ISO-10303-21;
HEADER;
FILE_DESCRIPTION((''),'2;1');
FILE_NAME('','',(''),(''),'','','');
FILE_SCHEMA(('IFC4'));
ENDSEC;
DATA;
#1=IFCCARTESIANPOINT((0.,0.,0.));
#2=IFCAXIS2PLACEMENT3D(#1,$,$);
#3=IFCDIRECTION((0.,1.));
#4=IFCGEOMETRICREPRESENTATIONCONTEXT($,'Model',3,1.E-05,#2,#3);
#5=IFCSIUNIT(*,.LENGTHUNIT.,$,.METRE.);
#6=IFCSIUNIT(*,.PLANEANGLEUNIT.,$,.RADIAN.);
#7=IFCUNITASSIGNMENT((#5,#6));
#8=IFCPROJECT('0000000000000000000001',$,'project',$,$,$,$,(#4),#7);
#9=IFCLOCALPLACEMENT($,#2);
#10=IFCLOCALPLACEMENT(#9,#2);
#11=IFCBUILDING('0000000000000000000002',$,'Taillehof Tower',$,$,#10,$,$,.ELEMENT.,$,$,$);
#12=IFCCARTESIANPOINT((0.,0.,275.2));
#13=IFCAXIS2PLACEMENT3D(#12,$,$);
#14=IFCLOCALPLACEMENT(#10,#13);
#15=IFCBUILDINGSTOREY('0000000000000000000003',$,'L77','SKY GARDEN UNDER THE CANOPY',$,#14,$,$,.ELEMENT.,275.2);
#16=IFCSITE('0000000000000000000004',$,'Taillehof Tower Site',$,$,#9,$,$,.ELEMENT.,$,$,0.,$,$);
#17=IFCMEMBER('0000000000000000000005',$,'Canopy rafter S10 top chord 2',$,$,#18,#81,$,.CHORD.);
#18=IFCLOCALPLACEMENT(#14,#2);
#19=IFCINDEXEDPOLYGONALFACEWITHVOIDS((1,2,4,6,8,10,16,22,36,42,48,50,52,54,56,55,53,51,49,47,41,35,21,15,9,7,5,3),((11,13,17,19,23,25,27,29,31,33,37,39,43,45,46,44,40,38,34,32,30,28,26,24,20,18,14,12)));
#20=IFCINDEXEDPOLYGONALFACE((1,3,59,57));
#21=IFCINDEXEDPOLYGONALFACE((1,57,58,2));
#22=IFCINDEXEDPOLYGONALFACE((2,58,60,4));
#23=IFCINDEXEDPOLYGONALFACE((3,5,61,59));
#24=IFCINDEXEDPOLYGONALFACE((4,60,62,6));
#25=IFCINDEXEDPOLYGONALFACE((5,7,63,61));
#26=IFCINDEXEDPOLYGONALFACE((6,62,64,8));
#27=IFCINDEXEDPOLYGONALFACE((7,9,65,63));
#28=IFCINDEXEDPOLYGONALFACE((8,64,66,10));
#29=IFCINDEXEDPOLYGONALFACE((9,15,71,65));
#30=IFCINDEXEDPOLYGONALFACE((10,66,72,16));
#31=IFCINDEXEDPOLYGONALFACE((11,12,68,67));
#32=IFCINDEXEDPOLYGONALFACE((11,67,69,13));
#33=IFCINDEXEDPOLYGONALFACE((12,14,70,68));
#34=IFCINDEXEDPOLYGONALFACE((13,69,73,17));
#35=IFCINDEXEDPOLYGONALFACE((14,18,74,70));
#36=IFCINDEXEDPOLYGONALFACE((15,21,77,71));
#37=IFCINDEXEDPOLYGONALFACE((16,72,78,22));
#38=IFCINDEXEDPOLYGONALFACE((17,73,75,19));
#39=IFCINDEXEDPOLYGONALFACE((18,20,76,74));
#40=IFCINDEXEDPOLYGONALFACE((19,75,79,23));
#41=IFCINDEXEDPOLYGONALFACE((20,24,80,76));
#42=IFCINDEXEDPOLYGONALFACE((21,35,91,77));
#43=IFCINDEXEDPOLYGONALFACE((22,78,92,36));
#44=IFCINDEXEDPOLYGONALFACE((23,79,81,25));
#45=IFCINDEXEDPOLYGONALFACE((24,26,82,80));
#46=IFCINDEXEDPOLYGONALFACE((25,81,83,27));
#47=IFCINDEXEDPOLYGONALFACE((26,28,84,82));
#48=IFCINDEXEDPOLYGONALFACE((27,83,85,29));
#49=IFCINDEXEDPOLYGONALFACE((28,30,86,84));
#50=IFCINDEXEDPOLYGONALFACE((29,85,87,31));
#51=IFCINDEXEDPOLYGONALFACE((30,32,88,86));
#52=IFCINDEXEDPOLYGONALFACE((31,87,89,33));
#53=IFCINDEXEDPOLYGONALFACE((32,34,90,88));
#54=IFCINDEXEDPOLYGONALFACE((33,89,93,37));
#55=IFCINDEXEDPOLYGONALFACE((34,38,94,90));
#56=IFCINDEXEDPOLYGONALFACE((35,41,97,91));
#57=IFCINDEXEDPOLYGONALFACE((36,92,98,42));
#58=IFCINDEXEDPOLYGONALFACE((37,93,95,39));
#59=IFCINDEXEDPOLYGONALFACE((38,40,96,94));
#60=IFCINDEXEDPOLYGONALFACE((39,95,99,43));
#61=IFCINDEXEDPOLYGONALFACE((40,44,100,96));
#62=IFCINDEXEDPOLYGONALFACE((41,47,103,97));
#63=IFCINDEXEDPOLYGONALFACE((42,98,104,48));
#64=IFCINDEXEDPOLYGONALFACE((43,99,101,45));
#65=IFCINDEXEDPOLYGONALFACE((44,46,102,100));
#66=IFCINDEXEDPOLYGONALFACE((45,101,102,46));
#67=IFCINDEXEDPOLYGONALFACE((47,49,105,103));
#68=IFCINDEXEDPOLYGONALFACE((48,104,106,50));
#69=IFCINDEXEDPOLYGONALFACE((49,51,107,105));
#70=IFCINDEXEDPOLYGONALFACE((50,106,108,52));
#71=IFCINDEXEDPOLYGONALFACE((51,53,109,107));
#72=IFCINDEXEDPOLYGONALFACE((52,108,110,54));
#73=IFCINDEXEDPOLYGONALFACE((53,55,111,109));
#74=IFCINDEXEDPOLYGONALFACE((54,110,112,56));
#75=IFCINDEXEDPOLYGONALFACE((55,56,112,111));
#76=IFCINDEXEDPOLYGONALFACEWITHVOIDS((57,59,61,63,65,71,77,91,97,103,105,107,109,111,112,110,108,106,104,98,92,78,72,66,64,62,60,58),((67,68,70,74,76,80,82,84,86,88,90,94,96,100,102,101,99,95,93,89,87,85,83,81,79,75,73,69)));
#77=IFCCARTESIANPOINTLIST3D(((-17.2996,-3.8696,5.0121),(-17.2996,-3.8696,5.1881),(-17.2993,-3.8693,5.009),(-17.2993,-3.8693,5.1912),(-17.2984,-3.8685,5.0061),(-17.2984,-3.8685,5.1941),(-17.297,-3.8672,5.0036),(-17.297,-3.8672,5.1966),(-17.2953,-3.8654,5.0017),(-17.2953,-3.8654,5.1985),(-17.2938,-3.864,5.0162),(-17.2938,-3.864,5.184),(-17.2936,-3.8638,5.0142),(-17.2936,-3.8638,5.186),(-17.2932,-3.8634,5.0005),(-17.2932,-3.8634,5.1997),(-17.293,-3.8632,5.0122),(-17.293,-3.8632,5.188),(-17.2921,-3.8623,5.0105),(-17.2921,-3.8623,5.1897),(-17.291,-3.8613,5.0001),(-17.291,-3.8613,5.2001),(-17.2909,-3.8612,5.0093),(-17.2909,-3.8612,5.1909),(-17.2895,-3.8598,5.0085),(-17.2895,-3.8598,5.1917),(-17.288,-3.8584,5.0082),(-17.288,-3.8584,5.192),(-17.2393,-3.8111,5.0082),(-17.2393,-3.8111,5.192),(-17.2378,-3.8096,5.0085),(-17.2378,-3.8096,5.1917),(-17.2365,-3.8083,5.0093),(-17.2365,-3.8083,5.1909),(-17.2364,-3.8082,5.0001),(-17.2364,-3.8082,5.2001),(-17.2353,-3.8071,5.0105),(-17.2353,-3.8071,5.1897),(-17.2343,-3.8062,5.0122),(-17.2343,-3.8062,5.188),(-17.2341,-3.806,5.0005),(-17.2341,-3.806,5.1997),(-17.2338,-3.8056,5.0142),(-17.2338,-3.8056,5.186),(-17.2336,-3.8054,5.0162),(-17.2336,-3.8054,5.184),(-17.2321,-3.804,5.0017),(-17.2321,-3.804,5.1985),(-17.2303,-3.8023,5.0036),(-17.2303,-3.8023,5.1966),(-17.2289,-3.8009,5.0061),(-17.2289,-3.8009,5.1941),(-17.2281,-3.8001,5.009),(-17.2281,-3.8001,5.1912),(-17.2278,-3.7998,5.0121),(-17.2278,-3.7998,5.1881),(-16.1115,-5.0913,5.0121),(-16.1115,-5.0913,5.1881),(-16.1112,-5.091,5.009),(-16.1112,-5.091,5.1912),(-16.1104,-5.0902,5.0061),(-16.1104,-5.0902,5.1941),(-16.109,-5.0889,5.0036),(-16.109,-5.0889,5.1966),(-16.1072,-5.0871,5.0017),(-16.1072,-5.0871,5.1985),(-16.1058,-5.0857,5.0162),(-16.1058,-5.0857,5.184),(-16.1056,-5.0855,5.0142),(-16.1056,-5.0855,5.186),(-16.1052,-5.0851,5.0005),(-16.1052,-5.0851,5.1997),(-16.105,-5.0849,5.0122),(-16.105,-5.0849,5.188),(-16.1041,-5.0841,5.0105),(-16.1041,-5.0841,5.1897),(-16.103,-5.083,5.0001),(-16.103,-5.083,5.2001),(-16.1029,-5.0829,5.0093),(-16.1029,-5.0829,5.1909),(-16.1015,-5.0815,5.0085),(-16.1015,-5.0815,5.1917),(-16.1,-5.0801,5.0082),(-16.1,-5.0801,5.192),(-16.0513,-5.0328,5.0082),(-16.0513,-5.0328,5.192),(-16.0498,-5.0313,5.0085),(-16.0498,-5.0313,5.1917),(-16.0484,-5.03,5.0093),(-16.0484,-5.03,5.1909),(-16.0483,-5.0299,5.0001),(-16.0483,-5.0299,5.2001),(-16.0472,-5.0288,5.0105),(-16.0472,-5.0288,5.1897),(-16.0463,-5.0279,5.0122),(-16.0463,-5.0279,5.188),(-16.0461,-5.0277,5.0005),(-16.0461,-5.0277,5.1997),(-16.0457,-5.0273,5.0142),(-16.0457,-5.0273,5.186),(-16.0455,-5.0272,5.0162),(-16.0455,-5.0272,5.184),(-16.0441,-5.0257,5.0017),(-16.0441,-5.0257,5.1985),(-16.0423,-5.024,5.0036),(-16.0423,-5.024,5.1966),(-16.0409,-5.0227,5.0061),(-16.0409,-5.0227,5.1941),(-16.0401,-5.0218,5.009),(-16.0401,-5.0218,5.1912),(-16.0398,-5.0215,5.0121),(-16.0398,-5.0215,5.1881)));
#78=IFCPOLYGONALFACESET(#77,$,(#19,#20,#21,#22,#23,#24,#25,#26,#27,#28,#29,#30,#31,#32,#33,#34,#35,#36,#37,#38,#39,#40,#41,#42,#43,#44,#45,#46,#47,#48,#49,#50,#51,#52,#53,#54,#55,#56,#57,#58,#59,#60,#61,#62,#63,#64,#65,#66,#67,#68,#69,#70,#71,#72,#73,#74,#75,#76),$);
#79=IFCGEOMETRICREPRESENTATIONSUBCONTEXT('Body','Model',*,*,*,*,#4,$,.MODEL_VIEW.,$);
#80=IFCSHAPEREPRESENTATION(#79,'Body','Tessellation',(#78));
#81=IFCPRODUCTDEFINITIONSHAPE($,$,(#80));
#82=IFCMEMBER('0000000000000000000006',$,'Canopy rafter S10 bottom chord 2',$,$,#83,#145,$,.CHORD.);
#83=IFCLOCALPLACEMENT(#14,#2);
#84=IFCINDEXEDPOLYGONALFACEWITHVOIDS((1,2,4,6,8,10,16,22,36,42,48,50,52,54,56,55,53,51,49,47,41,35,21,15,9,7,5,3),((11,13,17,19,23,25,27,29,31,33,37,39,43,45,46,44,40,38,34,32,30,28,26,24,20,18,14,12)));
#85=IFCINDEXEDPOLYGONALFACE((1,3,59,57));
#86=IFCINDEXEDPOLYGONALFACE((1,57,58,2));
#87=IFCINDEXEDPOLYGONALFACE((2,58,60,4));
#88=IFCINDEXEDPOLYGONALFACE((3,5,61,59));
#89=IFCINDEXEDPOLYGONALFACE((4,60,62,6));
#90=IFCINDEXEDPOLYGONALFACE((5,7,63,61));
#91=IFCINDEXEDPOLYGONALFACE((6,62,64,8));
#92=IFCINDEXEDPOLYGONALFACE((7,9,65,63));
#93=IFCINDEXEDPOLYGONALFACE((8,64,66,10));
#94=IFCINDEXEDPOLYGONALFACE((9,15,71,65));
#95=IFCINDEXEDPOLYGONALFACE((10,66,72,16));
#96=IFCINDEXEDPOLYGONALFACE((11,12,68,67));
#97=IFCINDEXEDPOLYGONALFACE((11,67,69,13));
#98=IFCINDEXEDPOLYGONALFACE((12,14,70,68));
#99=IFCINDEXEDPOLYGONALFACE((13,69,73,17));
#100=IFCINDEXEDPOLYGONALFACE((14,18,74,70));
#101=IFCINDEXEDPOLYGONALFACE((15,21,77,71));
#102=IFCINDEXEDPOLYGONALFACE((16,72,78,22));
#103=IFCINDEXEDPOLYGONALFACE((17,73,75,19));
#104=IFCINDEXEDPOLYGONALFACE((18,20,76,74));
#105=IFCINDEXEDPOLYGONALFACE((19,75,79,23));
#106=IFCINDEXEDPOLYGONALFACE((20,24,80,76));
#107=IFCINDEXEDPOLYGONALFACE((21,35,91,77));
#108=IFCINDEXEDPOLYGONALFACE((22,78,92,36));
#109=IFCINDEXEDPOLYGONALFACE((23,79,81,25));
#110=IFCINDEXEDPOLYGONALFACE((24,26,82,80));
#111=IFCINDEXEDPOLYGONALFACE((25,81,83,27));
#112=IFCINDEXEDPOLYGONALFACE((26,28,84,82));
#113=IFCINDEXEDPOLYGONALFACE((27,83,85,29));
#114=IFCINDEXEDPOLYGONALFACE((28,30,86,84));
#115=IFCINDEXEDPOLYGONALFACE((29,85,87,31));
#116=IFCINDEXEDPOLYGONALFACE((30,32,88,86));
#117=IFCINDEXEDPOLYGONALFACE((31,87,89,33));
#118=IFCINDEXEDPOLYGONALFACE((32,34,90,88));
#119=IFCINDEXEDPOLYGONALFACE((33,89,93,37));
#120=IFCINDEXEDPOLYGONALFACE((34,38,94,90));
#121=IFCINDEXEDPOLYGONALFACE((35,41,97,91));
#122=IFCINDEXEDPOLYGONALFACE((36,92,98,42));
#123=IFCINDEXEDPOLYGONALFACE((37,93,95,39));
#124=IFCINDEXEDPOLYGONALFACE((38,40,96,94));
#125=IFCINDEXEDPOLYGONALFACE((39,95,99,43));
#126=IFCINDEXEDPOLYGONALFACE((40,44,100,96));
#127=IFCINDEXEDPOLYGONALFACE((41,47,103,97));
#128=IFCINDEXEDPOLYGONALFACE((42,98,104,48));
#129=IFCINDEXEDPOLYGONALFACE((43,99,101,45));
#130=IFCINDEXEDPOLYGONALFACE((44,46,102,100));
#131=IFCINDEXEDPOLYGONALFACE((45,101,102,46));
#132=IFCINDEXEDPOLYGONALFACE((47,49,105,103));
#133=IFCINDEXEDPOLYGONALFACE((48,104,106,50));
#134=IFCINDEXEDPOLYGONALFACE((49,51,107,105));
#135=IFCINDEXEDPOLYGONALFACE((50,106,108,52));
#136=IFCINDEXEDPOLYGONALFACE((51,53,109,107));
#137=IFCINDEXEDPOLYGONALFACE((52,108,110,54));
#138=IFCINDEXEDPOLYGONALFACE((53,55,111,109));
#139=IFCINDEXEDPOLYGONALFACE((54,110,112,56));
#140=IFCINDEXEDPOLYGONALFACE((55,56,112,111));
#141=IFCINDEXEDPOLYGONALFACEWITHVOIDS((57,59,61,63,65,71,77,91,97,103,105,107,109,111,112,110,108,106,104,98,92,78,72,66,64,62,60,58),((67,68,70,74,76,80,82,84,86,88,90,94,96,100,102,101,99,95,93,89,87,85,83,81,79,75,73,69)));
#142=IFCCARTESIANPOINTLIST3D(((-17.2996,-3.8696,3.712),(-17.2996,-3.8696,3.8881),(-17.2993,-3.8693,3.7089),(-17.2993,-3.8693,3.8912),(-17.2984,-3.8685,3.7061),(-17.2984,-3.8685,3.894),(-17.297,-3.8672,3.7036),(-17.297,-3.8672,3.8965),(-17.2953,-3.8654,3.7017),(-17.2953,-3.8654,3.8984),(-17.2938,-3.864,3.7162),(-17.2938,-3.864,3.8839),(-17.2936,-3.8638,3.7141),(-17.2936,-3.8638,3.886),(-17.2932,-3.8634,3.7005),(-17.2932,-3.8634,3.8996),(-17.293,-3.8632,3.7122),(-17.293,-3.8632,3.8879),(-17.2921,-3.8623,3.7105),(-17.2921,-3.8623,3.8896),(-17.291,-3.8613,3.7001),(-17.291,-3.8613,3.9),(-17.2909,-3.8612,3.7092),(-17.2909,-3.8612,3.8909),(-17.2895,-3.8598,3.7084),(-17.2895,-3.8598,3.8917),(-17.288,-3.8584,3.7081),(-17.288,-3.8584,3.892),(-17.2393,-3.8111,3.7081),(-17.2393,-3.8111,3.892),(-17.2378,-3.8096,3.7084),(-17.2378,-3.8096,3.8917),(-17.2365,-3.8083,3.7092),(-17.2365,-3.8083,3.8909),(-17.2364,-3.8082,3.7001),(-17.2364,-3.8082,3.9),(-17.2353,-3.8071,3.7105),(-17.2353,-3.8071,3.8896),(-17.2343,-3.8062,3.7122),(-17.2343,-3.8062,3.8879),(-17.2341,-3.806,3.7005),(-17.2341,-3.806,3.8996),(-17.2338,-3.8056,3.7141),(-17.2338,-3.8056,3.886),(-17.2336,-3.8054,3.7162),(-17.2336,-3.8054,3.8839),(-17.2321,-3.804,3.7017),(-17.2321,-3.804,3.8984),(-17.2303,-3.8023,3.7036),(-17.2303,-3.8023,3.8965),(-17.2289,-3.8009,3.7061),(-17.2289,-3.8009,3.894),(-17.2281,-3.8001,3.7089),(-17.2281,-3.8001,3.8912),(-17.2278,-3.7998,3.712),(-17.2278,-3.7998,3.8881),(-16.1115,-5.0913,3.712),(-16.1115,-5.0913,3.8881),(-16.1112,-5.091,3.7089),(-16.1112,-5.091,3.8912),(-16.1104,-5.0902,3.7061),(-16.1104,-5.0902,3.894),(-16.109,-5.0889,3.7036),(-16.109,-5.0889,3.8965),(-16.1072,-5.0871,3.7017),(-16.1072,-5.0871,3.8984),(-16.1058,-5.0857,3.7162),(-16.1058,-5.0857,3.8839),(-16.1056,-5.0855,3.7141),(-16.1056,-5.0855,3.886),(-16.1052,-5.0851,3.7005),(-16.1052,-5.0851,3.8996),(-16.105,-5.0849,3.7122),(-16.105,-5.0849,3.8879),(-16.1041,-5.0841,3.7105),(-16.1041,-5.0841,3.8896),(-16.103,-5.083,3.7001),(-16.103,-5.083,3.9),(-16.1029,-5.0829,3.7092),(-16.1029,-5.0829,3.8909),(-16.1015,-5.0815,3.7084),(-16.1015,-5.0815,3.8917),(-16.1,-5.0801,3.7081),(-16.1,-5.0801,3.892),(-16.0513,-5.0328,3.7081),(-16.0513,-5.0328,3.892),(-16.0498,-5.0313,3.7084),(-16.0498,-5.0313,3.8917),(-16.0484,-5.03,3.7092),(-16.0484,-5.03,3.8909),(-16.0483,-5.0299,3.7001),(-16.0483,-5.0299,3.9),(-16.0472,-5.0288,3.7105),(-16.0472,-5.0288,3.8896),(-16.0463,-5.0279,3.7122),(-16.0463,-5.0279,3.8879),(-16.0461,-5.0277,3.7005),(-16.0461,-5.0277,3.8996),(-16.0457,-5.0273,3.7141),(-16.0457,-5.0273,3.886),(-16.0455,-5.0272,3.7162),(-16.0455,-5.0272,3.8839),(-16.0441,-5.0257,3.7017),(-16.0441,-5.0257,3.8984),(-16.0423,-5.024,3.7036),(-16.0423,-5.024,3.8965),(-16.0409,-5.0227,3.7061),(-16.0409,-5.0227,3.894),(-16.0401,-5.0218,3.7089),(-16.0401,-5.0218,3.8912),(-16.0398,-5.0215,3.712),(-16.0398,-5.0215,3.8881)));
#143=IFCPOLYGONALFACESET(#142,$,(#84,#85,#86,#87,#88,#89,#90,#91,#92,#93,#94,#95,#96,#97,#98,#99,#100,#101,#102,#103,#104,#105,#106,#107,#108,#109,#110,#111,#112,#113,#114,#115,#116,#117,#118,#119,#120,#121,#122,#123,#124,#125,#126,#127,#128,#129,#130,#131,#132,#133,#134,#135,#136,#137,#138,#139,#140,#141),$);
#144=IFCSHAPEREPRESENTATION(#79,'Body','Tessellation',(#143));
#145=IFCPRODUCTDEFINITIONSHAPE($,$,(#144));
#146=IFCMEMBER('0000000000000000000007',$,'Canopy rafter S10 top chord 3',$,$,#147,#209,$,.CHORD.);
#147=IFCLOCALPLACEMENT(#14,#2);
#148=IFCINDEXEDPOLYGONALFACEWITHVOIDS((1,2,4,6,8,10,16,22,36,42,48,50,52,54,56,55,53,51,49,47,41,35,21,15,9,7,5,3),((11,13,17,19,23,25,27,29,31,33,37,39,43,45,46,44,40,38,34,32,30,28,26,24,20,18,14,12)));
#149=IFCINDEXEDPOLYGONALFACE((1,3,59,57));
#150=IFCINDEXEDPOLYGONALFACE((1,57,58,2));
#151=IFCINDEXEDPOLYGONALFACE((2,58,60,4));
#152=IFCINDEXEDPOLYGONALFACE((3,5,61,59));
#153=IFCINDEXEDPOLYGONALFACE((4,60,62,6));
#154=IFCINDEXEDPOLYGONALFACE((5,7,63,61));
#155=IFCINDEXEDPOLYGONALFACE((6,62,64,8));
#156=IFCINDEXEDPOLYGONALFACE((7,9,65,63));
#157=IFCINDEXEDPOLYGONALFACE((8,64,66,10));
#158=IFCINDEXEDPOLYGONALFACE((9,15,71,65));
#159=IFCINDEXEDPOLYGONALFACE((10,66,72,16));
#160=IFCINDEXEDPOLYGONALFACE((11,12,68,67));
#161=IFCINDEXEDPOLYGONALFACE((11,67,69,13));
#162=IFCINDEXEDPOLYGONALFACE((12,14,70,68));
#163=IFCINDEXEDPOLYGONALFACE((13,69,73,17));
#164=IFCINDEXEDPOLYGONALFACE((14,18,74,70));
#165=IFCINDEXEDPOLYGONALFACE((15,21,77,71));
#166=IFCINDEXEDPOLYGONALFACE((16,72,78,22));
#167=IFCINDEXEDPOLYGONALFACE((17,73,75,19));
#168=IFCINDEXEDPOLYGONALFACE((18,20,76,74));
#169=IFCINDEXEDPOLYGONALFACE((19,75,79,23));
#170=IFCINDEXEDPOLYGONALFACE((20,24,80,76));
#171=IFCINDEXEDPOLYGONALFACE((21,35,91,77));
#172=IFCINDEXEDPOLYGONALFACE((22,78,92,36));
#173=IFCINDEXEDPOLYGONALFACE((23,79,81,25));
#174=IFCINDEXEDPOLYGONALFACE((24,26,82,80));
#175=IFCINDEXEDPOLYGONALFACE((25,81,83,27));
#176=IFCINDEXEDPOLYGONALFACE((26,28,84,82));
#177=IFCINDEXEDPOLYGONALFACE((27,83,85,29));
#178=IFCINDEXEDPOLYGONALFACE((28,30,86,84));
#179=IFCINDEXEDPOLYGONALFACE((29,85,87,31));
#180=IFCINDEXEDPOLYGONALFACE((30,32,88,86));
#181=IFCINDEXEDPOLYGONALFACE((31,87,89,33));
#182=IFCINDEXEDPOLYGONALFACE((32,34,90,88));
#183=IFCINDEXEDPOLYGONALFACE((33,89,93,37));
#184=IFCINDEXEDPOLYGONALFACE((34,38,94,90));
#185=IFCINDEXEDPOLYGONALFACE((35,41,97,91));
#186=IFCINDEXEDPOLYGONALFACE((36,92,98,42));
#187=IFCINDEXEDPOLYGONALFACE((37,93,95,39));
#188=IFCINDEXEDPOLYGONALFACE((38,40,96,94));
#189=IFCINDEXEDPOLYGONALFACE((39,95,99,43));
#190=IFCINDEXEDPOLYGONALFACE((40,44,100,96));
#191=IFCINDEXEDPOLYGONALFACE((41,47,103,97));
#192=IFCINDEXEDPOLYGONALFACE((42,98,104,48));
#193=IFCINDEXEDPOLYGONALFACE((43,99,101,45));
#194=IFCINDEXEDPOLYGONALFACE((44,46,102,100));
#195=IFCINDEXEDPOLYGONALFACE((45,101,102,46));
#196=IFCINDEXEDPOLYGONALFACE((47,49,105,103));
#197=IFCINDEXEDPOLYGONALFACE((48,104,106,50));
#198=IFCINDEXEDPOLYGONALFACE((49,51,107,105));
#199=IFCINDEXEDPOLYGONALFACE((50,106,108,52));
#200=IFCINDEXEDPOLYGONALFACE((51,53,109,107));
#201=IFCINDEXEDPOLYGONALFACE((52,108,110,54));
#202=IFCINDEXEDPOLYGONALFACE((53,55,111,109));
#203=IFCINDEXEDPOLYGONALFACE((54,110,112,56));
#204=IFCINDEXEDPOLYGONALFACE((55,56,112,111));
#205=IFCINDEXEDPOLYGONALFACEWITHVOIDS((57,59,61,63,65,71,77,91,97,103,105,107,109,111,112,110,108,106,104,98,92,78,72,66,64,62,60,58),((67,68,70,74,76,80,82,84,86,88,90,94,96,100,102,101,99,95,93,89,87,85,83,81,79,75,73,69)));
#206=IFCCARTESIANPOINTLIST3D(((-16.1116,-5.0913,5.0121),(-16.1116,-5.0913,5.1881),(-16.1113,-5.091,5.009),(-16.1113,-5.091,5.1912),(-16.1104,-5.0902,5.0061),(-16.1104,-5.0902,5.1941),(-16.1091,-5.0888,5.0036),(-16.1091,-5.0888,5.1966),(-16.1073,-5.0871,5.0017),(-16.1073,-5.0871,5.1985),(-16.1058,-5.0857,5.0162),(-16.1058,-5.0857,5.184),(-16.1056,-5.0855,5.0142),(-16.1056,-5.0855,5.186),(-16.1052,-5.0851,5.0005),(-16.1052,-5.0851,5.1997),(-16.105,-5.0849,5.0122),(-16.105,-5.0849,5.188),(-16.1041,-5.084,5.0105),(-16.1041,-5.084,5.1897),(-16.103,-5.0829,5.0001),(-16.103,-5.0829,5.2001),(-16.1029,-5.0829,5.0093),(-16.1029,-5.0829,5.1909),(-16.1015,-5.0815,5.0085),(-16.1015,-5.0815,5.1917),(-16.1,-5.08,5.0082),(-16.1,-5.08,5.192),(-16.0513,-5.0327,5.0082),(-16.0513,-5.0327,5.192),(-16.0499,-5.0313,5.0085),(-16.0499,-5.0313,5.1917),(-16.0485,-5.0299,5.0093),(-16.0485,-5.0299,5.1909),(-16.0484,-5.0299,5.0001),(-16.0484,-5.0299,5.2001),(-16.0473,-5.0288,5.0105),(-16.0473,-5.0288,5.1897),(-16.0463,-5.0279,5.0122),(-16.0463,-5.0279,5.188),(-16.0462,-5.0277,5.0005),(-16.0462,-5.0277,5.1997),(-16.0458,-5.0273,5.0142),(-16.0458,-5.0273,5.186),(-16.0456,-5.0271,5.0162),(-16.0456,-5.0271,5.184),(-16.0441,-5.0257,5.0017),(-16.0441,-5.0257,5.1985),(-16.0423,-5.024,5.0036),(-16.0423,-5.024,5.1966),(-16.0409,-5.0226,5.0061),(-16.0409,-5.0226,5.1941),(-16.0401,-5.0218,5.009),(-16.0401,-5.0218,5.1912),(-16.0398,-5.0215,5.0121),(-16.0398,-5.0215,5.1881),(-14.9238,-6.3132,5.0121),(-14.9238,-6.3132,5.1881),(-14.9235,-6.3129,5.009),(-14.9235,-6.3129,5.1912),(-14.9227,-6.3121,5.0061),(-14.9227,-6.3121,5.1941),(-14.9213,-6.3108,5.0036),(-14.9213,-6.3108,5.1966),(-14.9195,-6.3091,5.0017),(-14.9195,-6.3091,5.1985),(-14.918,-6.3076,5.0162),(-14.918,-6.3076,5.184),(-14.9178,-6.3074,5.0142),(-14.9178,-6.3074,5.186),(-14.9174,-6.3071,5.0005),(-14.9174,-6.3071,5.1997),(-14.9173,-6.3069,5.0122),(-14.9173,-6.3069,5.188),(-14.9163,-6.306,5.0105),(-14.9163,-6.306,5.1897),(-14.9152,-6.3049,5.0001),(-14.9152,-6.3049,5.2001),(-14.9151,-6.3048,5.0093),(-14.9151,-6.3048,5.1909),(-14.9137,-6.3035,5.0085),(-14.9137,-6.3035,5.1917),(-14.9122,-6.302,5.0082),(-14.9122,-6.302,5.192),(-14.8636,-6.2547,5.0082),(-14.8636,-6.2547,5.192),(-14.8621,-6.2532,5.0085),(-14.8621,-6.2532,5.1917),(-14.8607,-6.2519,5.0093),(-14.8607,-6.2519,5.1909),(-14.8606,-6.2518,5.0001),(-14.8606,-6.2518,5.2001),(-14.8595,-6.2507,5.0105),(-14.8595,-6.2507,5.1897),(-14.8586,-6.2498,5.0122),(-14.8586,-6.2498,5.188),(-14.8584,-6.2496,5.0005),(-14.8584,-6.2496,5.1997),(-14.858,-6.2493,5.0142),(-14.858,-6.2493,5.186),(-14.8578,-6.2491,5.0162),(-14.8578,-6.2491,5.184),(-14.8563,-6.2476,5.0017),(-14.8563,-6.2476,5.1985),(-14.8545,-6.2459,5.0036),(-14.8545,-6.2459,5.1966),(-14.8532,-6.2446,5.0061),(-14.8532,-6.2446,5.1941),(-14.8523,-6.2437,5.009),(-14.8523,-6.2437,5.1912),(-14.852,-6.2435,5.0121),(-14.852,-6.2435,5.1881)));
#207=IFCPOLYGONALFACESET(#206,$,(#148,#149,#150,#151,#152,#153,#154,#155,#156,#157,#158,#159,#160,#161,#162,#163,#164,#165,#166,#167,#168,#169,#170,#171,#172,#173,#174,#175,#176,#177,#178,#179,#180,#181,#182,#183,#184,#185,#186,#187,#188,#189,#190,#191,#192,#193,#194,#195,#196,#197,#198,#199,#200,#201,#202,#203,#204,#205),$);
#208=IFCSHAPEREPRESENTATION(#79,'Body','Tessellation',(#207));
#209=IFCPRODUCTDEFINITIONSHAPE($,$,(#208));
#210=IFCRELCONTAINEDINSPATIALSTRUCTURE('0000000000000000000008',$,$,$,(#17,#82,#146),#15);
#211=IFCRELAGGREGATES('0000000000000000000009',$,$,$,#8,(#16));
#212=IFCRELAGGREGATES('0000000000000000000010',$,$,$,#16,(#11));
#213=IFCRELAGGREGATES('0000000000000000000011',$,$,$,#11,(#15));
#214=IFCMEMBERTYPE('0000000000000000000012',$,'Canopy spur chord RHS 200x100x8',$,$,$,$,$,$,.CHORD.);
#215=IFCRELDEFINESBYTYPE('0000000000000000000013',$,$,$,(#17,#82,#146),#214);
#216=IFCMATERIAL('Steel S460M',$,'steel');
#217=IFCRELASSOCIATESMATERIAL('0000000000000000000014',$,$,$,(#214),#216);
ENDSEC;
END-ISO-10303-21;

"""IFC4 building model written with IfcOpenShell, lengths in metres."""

from ifc_helpers import new_model, si_unit, direction, frame, origin, origin_2d, place, context, subcontext, project, spatial, hollow_rectangle, extrude, material, material_profile, profile_set, type_object, element, save


model = new_model("IFC4")

# Units and contexts
model_context = context("Model", 3, precision=1e-05, world=origin(), true_north=direction((0.0, 1.0)))
body_context = subcontext(model_context, "Body", "Model", "MODEL_VIEW")
ifc_project = project(units=[si_unit("LENGTHUNIT", "METRE"), si_unit("PLANEANGLEUNIT", "RADIAN")], contexts=[model_context])

# Site, building, storey
site_placement = place(None, origin())
site = spatial("IfcSite", under=ifc_project, at=site_placement, Name="Taillehof Tower Site", CompositionType="ELEMENT", RefElevation=0.0)
building_placement = place(site_placement, origin())
building = spatial("IfcBuilding", under=site, at=building_placement, Name="Taillehof Tower", CompositionType="ELEMENT")
storey_placement = place(building_placement, frame((0.0, 0.0, 275.2)))
storey = spatial("IfcBuildingStorey", under=building, at=storey_placement, Name="L77", Description="SKY GARDEN UNDER THE CANOPY", CompositionType="ELEMENT", Elevation=275.2)

# Members
ifc_material_1 = material(Name="Steel S460M", Category="steel")
ifc_material_profile_1 = material_profile(ifc_material_1, hollow_rectangle(XDim=0.1001, YDim=0.2, WallThickness=0.0081, InnerFilletRadius=0.0081, OuterFilletRadius=0.012, at=origin_2d()), Name="RHS 200x100x8")
ifc_profile_set_1 = profile_set([ifc_material_profile_1], Name="Steel S460M")
member_type_1 = type_object("IfcMemberType", Name="Canopy spur chord RHS 200x100x8", PredefinedType="CHORD", material=ifc_profile_set_1)
for number, where, z_axis, x_axis, name in (
    (1, (-17.2637, -3.8347, 5.1001), (0.697152, -0.716923, 0.0), (0.716923, 0.697152, 0.0), "Canopy rafter S10 top chord 2"),
    (2, (-17.2637, -3.8347, 3.8), (0.697152, -0.716923, 0.0), (0.716923, 0.697152, 0.0), "Canopy rafter S10 bottom chord 2"),
    (3, (-16.0757, -5.0564, 5.1001), (0.697007, -0.717065, 0.0), (0.717065, 0.697007, 0.0), "Canopy rafter S10 top chord 3"),
):
    element("IfcMember", number, at=place(storey_placement, frame(where, z_axis=z_axis, x_axis=x_axis)), inside=storey, type_object=member_type_1, Name=name, PredefinedType="CHORD", context=body_context, shape_type="SweptSolid", body=[
        extrude(hollow_rectangle(XDim=0.1001, YDim=0.2, WallThickness=0.0081, InnerFilletRadius=0.0081, OuterFilletRadius=0.012, at=origin_2d()), origin(), (0.0, 0.0, 1.0), 1.7041),
    ])

save(model, "model.ifc")
